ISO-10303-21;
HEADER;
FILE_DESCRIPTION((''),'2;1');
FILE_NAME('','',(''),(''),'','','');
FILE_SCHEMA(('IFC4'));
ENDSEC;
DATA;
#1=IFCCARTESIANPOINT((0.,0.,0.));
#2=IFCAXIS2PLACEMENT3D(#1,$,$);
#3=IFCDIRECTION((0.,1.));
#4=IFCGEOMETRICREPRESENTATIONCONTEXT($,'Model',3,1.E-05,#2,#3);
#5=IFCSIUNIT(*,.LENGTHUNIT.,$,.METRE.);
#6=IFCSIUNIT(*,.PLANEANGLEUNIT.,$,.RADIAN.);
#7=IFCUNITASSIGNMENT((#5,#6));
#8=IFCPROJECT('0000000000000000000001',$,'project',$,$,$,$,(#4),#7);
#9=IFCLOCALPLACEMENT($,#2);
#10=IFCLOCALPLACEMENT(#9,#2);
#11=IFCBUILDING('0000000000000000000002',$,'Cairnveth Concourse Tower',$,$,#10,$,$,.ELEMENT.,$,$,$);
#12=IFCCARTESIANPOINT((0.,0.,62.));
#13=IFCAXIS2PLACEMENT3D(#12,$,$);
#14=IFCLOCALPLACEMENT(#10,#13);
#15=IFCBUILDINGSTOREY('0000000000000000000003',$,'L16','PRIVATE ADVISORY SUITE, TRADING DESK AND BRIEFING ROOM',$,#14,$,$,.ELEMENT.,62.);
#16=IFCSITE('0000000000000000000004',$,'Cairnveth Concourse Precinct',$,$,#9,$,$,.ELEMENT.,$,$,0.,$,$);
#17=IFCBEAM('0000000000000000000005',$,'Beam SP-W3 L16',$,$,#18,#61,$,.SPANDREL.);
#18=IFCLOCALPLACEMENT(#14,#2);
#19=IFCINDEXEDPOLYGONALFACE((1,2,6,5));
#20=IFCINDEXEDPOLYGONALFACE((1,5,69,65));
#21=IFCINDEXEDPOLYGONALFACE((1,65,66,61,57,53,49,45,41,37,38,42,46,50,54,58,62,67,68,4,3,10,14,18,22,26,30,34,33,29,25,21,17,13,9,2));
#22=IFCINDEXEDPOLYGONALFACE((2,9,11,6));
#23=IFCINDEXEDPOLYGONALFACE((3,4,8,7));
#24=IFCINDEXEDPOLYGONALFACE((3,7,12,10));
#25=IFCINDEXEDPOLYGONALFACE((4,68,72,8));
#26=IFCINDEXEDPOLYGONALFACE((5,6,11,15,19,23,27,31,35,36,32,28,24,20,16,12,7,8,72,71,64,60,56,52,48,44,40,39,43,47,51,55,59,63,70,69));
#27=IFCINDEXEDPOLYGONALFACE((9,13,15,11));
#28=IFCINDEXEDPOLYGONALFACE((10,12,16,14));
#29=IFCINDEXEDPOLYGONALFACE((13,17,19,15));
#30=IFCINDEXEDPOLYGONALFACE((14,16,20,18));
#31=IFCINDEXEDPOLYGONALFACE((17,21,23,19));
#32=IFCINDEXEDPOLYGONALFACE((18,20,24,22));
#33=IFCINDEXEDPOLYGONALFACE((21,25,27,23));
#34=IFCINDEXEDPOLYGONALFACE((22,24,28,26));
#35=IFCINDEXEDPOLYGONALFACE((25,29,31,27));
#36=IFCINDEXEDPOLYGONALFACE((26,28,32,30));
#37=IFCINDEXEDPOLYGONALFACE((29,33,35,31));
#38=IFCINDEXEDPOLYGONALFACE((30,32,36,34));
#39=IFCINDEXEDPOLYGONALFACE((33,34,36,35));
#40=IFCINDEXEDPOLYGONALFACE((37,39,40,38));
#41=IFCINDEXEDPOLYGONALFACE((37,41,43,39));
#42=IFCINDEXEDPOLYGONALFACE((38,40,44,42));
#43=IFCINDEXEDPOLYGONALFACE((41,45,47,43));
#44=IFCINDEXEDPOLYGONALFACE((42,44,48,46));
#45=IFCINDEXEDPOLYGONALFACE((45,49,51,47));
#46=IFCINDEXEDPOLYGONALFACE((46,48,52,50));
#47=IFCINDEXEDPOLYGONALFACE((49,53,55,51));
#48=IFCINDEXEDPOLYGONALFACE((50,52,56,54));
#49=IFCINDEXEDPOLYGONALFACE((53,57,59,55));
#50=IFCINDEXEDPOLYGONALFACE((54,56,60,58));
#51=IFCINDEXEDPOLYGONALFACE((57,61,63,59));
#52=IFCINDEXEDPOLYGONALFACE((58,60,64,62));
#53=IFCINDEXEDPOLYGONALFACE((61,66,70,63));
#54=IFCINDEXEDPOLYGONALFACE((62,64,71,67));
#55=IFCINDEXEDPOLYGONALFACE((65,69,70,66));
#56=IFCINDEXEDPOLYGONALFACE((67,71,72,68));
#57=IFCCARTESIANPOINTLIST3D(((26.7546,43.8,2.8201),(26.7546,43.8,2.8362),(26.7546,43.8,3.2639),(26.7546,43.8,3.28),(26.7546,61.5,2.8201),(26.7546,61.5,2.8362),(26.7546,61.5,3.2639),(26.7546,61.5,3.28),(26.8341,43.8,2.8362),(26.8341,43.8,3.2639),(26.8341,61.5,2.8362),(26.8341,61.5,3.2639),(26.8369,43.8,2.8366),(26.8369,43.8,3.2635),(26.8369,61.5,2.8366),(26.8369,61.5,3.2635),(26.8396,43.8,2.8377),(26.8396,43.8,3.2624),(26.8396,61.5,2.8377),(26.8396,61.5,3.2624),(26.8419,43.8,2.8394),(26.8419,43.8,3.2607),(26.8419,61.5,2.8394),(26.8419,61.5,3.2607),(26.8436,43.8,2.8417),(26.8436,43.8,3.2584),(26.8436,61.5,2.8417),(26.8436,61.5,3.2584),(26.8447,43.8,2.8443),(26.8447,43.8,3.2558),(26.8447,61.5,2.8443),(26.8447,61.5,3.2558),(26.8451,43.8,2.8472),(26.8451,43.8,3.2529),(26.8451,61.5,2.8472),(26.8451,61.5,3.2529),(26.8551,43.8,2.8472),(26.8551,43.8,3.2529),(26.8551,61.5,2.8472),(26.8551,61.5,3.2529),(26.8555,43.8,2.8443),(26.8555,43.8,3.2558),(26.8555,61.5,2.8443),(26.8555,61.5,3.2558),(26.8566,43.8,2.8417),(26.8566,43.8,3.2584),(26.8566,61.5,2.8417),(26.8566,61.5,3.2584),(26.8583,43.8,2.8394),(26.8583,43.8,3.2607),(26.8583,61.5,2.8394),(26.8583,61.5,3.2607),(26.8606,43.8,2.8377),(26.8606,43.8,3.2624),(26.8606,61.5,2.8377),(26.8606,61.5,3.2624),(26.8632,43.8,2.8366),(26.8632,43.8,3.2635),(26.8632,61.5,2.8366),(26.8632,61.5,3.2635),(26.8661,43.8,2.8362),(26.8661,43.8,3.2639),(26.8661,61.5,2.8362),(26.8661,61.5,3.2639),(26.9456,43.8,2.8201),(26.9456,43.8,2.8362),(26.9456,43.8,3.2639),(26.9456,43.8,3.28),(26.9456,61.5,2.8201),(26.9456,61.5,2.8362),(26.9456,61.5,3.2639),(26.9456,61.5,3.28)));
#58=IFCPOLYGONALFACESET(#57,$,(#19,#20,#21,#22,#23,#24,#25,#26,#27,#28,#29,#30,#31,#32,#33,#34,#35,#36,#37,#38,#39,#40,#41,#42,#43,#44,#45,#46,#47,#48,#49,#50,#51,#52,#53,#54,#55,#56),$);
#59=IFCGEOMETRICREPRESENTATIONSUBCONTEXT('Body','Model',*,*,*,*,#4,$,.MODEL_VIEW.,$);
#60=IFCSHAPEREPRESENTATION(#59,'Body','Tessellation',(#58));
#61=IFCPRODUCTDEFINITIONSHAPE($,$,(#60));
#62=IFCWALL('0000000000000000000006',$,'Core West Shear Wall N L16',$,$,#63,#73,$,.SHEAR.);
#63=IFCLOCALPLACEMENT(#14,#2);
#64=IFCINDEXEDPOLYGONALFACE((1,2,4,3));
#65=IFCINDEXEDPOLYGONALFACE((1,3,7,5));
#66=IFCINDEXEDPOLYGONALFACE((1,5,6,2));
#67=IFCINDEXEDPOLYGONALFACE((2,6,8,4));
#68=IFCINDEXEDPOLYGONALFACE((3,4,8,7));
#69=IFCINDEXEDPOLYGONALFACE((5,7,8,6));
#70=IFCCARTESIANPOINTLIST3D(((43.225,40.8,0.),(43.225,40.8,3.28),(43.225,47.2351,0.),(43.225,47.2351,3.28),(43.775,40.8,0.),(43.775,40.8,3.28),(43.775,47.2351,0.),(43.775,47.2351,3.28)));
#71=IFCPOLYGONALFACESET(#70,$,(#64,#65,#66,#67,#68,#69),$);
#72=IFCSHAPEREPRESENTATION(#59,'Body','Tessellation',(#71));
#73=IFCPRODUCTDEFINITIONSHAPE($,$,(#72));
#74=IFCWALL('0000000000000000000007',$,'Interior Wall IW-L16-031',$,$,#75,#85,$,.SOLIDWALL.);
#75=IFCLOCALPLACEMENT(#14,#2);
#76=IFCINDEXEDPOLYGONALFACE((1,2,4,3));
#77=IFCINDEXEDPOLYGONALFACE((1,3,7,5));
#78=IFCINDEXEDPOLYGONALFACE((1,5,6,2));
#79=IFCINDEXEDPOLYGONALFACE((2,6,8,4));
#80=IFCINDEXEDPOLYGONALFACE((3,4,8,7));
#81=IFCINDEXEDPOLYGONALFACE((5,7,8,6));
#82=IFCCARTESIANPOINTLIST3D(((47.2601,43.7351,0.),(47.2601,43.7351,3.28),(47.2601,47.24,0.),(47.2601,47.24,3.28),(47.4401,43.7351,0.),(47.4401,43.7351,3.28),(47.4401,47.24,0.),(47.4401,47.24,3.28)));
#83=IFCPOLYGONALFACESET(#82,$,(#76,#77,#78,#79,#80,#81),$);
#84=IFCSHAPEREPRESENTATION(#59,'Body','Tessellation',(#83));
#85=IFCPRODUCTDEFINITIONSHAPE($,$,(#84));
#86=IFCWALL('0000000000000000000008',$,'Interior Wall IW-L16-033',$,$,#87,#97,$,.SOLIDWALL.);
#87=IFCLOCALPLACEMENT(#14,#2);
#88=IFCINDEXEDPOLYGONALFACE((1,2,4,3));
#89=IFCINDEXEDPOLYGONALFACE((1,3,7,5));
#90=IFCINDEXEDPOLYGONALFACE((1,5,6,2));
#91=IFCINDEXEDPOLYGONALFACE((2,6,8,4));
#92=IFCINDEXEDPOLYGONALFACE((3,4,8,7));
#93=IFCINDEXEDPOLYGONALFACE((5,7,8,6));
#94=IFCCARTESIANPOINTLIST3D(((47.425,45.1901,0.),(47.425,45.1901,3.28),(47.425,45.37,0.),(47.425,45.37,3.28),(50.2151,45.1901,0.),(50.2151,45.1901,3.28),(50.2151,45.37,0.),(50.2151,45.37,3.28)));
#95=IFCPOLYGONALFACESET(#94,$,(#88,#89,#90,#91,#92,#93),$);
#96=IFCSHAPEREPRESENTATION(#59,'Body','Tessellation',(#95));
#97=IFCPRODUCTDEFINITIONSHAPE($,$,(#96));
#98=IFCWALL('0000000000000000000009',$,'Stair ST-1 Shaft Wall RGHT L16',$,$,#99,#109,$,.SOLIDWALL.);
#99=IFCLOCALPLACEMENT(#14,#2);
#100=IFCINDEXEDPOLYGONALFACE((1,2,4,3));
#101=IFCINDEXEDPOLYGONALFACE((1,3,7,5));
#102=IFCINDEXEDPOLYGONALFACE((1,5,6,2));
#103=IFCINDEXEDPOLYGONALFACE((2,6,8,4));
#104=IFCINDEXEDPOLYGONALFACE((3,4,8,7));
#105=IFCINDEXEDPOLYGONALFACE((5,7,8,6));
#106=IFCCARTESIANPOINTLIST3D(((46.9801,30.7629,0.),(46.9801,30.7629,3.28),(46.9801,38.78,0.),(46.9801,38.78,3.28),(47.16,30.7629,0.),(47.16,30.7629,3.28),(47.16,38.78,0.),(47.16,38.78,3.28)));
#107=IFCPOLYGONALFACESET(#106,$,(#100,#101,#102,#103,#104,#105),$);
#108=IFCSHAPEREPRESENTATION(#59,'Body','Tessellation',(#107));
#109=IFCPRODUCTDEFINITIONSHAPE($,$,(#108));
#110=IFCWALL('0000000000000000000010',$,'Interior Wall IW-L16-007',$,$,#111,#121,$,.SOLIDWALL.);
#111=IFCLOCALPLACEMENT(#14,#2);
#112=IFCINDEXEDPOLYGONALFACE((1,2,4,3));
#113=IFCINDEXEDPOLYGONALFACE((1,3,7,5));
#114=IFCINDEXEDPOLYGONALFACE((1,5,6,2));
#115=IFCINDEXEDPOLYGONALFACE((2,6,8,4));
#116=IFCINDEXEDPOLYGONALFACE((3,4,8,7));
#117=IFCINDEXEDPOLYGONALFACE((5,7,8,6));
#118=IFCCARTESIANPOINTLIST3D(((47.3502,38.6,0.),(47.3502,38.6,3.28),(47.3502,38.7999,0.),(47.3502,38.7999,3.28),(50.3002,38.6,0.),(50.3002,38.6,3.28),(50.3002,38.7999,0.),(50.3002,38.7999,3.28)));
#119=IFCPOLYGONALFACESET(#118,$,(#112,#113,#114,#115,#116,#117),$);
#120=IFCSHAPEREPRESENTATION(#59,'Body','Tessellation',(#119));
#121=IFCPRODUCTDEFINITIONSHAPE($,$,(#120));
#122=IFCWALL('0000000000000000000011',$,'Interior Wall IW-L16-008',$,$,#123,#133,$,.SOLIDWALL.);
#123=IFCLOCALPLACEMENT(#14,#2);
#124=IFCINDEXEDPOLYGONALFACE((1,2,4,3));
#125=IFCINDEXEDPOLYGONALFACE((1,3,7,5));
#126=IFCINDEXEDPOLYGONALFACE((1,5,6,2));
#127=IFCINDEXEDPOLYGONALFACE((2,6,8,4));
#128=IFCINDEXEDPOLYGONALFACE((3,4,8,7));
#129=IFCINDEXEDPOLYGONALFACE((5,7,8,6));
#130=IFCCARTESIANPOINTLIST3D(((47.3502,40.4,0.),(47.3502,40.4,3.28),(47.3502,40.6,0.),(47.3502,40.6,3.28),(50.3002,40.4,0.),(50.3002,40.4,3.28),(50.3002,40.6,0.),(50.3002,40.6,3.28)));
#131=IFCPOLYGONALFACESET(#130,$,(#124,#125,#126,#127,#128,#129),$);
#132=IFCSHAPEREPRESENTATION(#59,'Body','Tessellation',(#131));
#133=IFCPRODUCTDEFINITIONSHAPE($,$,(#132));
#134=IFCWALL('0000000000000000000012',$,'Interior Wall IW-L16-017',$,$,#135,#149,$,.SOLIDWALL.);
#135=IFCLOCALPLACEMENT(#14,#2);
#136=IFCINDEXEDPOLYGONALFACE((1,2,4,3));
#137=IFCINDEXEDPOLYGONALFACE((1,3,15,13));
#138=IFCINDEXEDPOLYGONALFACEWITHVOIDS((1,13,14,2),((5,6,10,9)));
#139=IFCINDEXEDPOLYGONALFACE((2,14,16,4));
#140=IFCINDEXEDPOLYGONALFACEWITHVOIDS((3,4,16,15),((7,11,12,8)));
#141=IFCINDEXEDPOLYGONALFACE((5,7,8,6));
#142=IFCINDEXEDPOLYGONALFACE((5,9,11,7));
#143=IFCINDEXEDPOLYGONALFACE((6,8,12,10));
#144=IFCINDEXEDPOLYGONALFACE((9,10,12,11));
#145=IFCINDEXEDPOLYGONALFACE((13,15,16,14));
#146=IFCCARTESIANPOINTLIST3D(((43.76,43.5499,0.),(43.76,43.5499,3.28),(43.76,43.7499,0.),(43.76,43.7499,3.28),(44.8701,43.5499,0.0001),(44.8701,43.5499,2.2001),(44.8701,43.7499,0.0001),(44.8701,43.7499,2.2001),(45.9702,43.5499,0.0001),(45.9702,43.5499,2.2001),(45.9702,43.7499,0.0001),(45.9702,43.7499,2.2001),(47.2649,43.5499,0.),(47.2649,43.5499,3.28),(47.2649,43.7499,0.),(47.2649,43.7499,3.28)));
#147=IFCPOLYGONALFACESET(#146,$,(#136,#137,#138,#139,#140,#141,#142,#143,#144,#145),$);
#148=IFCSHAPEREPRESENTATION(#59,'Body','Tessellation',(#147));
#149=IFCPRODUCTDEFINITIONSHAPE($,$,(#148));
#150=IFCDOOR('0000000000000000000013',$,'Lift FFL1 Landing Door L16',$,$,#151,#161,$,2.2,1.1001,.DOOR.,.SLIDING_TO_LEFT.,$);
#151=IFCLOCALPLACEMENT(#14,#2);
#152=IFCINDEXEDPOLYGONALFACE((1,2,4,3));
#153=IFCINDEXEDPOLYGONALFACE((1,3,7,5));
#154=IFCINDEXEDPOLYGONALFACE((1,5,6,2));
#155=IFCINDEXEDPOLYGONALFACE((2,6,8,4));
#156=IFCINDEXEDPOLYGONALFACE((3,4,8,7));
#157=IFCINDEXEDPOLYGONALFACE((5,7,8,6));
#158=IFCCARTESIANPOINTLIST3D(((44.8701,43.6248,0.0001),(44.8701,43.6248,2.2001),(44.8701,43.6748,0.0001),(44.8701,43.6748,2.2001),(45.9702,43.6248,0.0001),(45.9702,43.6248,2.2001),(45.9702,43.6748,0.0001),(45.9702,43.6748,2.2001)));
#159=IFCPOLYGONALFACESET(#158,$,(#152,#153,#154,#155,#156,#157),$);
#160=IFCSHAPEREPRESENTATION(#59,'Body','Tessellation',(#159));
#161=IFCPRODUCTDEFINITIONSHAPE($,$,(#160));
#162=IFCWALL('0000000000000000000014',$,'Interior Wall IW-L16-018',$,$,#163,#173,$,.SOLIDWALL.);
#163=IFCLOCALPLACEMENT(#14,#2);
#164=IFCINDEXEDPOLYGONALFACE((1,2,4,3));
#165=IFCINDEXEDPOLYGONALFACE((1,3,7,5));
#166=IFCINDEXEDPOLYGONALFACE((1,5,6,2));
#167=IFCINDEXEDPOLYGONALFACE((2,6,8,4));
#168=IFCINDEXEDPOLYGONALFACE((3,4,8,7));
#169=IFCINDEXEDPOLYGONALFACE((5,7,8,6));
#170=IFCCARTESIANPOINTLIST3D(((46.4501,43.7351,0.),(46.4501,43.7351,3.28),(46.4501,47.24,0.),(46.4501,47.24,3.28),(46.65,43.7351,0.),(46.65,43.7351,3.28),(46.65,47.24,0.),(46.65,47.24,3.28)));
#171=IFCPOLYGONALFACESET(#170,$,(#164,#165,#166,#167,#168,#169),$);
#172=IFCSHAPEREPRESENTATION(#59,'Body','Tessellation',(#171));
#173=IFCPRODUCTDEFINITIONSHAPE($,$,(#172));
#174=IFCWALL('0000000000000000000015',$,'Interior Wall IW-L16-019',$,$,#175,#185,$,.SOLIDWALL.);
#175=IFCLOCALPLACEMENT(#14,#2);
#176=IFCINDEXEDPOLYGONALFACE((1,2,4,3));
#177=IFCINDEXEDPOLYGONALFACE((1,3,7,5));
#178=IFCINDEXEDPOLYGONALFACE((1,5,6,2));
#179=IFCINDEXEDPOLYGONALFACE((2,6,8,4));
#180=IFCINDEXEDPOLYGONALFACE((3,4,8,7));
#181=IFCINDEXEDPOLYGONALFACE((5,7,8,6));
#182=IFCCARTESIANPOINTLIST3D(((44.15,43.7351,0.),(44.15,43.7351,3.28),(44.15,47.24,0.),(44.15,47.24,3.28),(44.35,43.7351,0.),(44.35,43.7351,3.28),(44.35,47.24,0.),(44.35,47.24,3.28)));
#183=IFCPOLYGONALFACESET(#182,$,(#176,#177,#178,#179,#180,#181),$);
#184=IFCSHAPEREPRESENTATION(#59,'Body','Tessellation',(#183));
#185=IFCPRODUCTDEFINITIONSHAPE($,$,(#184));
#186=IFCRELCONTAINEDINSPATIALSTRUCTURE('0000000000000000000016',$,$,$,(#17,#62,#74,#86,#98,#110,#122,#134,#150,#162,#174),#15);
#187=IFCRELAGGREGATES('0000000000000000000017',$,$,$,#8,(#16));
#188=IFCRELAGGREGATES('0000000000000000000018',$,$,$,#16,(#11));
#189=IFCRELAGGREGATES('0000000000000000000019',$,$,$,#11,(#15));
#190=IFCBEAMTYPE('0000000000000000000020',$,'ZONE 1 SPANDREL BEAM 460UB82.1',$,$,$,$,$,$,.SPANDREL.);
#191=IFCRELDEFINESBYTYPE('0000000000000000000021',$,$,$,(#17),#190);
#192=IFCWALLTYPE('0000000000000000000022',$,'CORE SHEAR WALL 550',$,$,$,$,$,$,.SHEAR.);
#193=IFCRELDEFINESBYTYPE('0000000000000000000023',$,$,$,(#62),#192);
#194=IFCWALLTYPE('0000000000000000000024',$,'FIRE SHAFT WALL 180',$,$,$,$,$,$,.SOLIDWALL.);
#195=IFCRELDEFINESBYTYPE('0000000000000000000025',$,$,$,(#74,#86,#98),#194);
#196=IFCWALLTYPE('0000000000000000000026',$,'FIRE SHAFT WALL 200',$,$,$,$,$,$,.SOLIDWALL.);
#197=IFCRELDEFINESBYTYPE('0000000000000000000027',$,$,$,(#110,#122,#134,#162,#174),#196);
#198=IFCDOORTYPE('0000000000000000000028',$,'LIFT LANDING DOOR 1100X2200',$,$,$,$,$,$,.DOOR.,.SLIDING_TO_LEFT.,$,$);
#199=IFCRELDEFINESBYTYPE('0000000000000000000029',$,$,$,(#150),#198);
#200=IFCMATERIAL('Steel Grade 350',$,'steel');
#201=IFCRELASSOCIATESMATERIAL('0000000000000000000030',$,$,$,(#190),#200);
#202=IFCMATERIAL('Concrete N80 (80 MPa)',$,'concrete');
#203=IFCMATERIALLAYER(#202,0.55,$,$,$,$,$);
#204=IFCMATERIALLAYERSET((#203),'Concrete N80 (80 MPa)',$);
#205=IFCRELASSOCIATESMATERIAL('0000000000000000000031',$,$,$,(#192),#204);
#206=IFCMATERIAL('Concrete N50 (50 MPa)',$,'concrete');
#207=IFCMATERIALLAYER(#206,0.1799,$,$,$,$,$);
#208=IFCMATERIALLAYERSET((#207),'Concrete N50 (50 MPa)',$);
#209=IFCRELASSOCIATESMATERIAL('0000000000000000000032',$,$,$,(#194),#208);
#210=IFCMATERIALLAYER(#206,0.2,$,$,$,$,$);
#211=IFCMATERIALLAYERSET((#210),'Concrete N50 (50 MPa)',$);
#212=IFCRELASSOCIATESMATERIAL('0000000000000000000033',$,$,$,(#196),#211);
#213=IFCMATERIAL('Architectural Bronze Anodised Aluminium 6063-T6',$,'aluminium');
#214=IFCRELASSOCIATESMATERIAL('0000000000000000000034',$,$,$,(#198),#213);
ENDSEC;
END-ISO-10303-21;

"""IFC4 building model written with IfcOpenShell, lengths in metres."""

from ifc_helpers import new_model, si_unit, direction, frame, frame_2d, origin, origin_2d, place, context, subcontext, project, spatial, rectangle, i_section, extrude, material, layer, layer_set, material_profile, profile_set, type_object, element, fill, save


model = new_model("IFC4")

# Units and contexts
model_context = context("Model", 3, precision=1e-05, world=origin(), true_north=direction((0.0, 1.0)))
body_context = subcontext(model_context, "Body", "Model", "MODEL_VIEW")
ifc_project = project(units=[si_unit("LENGTHUNIT", "METRE"), si_unit("PLANEANGLEUNIT", "RADIAN")], contexts=[model_context])

# Site, building, storey
site_placement = place(None, origin())
site = spatial("IfcSite", under=ifc_project, at=site_placement, Name="Cairnveth Concourse Precinct", CompositionType="ELEMENT", RefElevation=0.0)
building_placement = place(site_placement, origin())
building = spatial("IfcBuilding", under=site, at=building_placement, Name="Cairnveth Concourse Tower", CompositionType="ELEMENT")
storey_placement = place(building_placement, frame((0.0, 0.0, 62.0)))
storey = spatial("IfcBuildingStorey", under=building, at=storey_placement, Name="L16", Description="PRIVATE ADVISORY SUITE, TRADING DESK AND BRIEFING ROOM", CompositionType="ELEMENT", Elevation=62.0)

# Shared definitions
ifc_material_1 = material(Name="Concrete N80 (80 MPa)", Category="concrete")

# Beam
ifc_material_2 = material(Name="Steel Grade 350", Category="steel")
ifc_material_profile_1 = material_profile(ifc_material_2, i_section(OverallWidth=0.1909, OverallDepth=0.46, WebThickness=0.01, FlangeThickness=0.0161, FilletRadius=0.011, at=origin_2d()), Name="460UB82.1")
ifc_profile_set_1 = profile_set([ifc_material_profile_1], Name="Steel Grade 350")
beam_type_1 = type_object("IfcBeamType", Name="ZONE 1 SPANDREL BEAM 460UB82.1", PredefinedType="SPANDREL", material=ifc_profile_set_1)
beam_1_placement = place(storey_placement, frame((26.8501, 43.8, 3.05), z_axis=(0.0, 1.0, 0.0), x_axis=(-1.0, 0.0, 0.0)))
element("IfcBeam", 1, at=beam_1_placement, inside=storey, type_object=beam_type_1, Name="Beam SP-W3 L16", PredefinedType="SPANDREL", context=body_context, shape_type="SweptSolid", body=[
    extrude(i_section(OverallWidth=0.1909, OverallDepth=0.46, WebThickness=0.01, FlangeThickness=0.0161, FilletRadius=0.011, at=origin_2d()), origin(), (0.0, 0.0, 1.0), 17.7),
])

# Walls
ifc_layer_1 = layer(ifc_material_1, 0.55)
ifc_layer_set_1 = layer_set([ifc_layer_1], Name="Concrete N80 (80 MPa)")
wall_type_1 = type_object("IfcWallType", Name="CORE SHEAR WALL 550", PredefinedType="SHEAR", material=ifc_layer_set_1)
wall_1_placement = place(storey_placement, frame((43.5, 40.8, 0.0), z_axis=(0.0, 0.0, 1.0), x_axis=(0.0, 1.0, 0.0)))
element("IfcWall", 2, at=wall_1_placement, inside=storey, type_object=wall_type_1, Name="Core West Shear Wall N L16", PredefinedType="SHEAR", context=body_context, shape_type="SweptSolid", body=[
    extrude(rectangle(XDim=6.4351, YDim=0.55, at=frame_2d((3.2175, 0.0))), origin(), (0.0, 0.0, 1.0), 3.28),
])
ifc_material_3 = material(Name="Concrete N50 (50 MPa)", Category="concrete")
ifc_layer_2 = layer(ifc_material_3, 0.1799)
ifc_layer_set_2 = layer_set([ifc_layer_2], Name="Concrete N50 (50 MPa)")
wall_type_2 = type_object("IfcWallType", Name="FIRE SHAFT WALL 180", PredefinedType="SOLIDWALL", material=ifc_layer_set_2)
wall_2_placement = place(storey_placement, frame((47.3501, 43.7351, 0.0), z_axis=(0.0, 0.0, 1.0), x_axis=(0.0, 1.0, 0.0)))
element("IfcWall", 3, at=wall_2_placement, inside=storey, type_object=wall_type_2, Name="Interior Wall IW-L16-031", PredefinedType="SOLIDWALL", context=body_context, shape_type="SweptSolid", body=[
    extrude(rectangle(XDim=3.5049, YDim=0.1799, at=frame_2d((1.7524, 0.0))), origin(), (0.0, 0.0, 1.0), 3.28),
])
wall_3_placement = place(storey_placement, frame((47.425, 45.28, 0.0), z_axis=(0.0, 0.0, 1.0), x_axis=(1.0, 0.0, 0.0)))
element("IfcWall", 4, at=wall_3_placement, inside=storey, type_object=wall_type_2, Name="Interior Wall IW-L16-033", PredefinedType="SOLIDWALL", context=body_context, shape_type="SweptSolid", body=[
    extrude(rectangle(XDim=2.79, YDim=0.1799, at=frame_2d((1.395, 0.0))), origin(), (0.0, 0.0, 1.0), 3.28),
])

# Walls
wall_4_placement = place(storey_placement, frame((47.0701, 38.78, 0.0), z_axis=(0.0, 0.0, 1.0), x_axis=(0.0, -1.0, 0.0)))
element("IfcWall", 5, at=wall_4_placement, inside=storey, type_object=wall_type_2, Name="Stair ST-1 Shaft Wall RGHT L16", PredefinedType="SOLIDWALL", context=body_context, shape_type="SweptSolid", body=[
    extrude(rectangle(XDim=8.0171, YDim=0.1799, at=frame_2d((4.0085, 0.0))), origin(), (0.0, 0.0, 1.0), 3.28),
])
ifc_layer_3 = layer(ifc_material_3, 0.2)
ifc_layer_set_3 = layer_set([ifc_layer_3], Name="Concrete N50 (50 MPa)")
wall_type_3 = type_object("IfcWallType", Name="FIRE SHAFT WALL 200", PredefinedType="SOLIDWALL", material=ifc_layer_set_3)
for number, where, z_axis, x_axis, name in (
    (6, (47.3501, 38.7, 0.0), (0.0, 0.0, 1.0), (1.0, 0.0, 0.0), "Interior Wall IW-L16-007"),
    (7, (47.3501, 40.5, 0.0), (0.0, 0.0, 1.0), (1.0, 0.0, 0.0), "Interior Wall IW-L16-008"),
):
    element("IfcWall", number, at=place(storey_placement, frame(where, z_axis=z_axis, x_axis=x_axis)), inside=storey, type_object=wall_type_3, Name=name, PredefinedType="SOLIDWALL", context=body_context, shape_type="SweptSolid", body=[
        extrude(rectangle(XDim=2.95, YDim=0.2, at=frame_2d((1.4751, 0.0))), origin(), (0.0, 0.0, 1.0), 3.28),
    ])

# Wall, opening, door
wall_5_placement = place(storey_placement, frame((43.76, 43.6499, 0.0), z_axis=(0.0, 0.0, 1.0), x_axis=(1.0, 0.0, 0.0)))
wall_5 = element("IfcWall", 8, at=wall_5_placement, inside=storey, type_object=wall_type_3, Name="Interior Wall IW-L16-017", PredefinedType="SOLIDWALL", context=body_context, shape_type="SweptSolid", body=[
    extrude(rectangle(XDim=3.5049, YDim=0.2, at=frame_2d((1.7524, 0.0))), origin(), (0.0, 0.0, 1.0), 3.28),
])
opening_1_placement = place(wall_5_placement, frame((1.1101, 0.0, 0.0)))
opening_1 = element("IfcOpeningElement", 9, at=opening_1_placement, cuts=wall_5, PredefinedType="OPENING", context=body_context, shape_type="SweptSolid", body=[
    extrude(rectangle(XDim=1.1001, YDim=2.2, at=frame_2d((0.55, 1.1001))), frame((0.0, 0.1099, 0.0), z_axis=(0.0, -1.0, 0.0), x_axis=(1.0, 0.0, 0.0)), (0.0, 0.0, 1.0), 0.22),
])
ifc_material_4 = material(Name="Architectural Bronze Anodised Aluminium 6063-T6", Category="aluminium")
door_type_1 = type_object("IfcDoorType", Name="LIFT LANDING DOOR 1100X2200", OperationType="SLIDING_TO_LEFT", PredefinedType="DOOR", material=ifc_material_4)
door_1_placement = place(opening_1_placement, origin())
door_1 = element("IfcDoor", 10, at=door_1_placement, inside=storey, type_object=door_type_1, Name="Lift FFL1 Landing Door L16", OperationType="SLIDING_TO_LEFT", OverallHeight=2.2, OverallWidth=1.1001, PredefinedType="DOOR", context=body_context, shape_type="SweptSolid", body=[
    extrude(rectangle(XDim=1.1001, YDim=2.2, at=frame_2d((0.55, 1.1001))), frame((0.0, 0.0249, 0.0), z_axis=(0.0, -1.0, 0.0), x_axis=(1.0, 0.0, 0.0)), (0.0, 0.0, 1.0), 0.05),
])
fill(opening_1, door_1)

# Walls
for number, where, z_axis, x_axis, name in (
    (11, (46.55, 43.7351, 0.0), (0.0, 0.0, 1.0), (0.0, 1.0, 0.0), "Interior Wall IW-L16-018"),
    (12, (44.25, 43.7351, 0.0), (0.0, 0.0, 1.0), (0.0, 1.0, 0.0), "Interior Wall IW-L16-019"),
):
    element("IfcWall", number, at=place(storey_placement, frame(where, z_axis=z_axis, x_axis=x_axis)), inside=storey, type_object=wall_type_3, Name=name, PredefinedType="SOLIDWALL", context=body_context, shape_type="SweptSolid", body=[
        extrude(rectangle(XDim=3.5049, YDim=0.2, at=frame_2d((1.7524, 0.0))), origin(), (0.0, 0.0, 1.0), 3.28),
    ])

save(model, "model.ifc")
